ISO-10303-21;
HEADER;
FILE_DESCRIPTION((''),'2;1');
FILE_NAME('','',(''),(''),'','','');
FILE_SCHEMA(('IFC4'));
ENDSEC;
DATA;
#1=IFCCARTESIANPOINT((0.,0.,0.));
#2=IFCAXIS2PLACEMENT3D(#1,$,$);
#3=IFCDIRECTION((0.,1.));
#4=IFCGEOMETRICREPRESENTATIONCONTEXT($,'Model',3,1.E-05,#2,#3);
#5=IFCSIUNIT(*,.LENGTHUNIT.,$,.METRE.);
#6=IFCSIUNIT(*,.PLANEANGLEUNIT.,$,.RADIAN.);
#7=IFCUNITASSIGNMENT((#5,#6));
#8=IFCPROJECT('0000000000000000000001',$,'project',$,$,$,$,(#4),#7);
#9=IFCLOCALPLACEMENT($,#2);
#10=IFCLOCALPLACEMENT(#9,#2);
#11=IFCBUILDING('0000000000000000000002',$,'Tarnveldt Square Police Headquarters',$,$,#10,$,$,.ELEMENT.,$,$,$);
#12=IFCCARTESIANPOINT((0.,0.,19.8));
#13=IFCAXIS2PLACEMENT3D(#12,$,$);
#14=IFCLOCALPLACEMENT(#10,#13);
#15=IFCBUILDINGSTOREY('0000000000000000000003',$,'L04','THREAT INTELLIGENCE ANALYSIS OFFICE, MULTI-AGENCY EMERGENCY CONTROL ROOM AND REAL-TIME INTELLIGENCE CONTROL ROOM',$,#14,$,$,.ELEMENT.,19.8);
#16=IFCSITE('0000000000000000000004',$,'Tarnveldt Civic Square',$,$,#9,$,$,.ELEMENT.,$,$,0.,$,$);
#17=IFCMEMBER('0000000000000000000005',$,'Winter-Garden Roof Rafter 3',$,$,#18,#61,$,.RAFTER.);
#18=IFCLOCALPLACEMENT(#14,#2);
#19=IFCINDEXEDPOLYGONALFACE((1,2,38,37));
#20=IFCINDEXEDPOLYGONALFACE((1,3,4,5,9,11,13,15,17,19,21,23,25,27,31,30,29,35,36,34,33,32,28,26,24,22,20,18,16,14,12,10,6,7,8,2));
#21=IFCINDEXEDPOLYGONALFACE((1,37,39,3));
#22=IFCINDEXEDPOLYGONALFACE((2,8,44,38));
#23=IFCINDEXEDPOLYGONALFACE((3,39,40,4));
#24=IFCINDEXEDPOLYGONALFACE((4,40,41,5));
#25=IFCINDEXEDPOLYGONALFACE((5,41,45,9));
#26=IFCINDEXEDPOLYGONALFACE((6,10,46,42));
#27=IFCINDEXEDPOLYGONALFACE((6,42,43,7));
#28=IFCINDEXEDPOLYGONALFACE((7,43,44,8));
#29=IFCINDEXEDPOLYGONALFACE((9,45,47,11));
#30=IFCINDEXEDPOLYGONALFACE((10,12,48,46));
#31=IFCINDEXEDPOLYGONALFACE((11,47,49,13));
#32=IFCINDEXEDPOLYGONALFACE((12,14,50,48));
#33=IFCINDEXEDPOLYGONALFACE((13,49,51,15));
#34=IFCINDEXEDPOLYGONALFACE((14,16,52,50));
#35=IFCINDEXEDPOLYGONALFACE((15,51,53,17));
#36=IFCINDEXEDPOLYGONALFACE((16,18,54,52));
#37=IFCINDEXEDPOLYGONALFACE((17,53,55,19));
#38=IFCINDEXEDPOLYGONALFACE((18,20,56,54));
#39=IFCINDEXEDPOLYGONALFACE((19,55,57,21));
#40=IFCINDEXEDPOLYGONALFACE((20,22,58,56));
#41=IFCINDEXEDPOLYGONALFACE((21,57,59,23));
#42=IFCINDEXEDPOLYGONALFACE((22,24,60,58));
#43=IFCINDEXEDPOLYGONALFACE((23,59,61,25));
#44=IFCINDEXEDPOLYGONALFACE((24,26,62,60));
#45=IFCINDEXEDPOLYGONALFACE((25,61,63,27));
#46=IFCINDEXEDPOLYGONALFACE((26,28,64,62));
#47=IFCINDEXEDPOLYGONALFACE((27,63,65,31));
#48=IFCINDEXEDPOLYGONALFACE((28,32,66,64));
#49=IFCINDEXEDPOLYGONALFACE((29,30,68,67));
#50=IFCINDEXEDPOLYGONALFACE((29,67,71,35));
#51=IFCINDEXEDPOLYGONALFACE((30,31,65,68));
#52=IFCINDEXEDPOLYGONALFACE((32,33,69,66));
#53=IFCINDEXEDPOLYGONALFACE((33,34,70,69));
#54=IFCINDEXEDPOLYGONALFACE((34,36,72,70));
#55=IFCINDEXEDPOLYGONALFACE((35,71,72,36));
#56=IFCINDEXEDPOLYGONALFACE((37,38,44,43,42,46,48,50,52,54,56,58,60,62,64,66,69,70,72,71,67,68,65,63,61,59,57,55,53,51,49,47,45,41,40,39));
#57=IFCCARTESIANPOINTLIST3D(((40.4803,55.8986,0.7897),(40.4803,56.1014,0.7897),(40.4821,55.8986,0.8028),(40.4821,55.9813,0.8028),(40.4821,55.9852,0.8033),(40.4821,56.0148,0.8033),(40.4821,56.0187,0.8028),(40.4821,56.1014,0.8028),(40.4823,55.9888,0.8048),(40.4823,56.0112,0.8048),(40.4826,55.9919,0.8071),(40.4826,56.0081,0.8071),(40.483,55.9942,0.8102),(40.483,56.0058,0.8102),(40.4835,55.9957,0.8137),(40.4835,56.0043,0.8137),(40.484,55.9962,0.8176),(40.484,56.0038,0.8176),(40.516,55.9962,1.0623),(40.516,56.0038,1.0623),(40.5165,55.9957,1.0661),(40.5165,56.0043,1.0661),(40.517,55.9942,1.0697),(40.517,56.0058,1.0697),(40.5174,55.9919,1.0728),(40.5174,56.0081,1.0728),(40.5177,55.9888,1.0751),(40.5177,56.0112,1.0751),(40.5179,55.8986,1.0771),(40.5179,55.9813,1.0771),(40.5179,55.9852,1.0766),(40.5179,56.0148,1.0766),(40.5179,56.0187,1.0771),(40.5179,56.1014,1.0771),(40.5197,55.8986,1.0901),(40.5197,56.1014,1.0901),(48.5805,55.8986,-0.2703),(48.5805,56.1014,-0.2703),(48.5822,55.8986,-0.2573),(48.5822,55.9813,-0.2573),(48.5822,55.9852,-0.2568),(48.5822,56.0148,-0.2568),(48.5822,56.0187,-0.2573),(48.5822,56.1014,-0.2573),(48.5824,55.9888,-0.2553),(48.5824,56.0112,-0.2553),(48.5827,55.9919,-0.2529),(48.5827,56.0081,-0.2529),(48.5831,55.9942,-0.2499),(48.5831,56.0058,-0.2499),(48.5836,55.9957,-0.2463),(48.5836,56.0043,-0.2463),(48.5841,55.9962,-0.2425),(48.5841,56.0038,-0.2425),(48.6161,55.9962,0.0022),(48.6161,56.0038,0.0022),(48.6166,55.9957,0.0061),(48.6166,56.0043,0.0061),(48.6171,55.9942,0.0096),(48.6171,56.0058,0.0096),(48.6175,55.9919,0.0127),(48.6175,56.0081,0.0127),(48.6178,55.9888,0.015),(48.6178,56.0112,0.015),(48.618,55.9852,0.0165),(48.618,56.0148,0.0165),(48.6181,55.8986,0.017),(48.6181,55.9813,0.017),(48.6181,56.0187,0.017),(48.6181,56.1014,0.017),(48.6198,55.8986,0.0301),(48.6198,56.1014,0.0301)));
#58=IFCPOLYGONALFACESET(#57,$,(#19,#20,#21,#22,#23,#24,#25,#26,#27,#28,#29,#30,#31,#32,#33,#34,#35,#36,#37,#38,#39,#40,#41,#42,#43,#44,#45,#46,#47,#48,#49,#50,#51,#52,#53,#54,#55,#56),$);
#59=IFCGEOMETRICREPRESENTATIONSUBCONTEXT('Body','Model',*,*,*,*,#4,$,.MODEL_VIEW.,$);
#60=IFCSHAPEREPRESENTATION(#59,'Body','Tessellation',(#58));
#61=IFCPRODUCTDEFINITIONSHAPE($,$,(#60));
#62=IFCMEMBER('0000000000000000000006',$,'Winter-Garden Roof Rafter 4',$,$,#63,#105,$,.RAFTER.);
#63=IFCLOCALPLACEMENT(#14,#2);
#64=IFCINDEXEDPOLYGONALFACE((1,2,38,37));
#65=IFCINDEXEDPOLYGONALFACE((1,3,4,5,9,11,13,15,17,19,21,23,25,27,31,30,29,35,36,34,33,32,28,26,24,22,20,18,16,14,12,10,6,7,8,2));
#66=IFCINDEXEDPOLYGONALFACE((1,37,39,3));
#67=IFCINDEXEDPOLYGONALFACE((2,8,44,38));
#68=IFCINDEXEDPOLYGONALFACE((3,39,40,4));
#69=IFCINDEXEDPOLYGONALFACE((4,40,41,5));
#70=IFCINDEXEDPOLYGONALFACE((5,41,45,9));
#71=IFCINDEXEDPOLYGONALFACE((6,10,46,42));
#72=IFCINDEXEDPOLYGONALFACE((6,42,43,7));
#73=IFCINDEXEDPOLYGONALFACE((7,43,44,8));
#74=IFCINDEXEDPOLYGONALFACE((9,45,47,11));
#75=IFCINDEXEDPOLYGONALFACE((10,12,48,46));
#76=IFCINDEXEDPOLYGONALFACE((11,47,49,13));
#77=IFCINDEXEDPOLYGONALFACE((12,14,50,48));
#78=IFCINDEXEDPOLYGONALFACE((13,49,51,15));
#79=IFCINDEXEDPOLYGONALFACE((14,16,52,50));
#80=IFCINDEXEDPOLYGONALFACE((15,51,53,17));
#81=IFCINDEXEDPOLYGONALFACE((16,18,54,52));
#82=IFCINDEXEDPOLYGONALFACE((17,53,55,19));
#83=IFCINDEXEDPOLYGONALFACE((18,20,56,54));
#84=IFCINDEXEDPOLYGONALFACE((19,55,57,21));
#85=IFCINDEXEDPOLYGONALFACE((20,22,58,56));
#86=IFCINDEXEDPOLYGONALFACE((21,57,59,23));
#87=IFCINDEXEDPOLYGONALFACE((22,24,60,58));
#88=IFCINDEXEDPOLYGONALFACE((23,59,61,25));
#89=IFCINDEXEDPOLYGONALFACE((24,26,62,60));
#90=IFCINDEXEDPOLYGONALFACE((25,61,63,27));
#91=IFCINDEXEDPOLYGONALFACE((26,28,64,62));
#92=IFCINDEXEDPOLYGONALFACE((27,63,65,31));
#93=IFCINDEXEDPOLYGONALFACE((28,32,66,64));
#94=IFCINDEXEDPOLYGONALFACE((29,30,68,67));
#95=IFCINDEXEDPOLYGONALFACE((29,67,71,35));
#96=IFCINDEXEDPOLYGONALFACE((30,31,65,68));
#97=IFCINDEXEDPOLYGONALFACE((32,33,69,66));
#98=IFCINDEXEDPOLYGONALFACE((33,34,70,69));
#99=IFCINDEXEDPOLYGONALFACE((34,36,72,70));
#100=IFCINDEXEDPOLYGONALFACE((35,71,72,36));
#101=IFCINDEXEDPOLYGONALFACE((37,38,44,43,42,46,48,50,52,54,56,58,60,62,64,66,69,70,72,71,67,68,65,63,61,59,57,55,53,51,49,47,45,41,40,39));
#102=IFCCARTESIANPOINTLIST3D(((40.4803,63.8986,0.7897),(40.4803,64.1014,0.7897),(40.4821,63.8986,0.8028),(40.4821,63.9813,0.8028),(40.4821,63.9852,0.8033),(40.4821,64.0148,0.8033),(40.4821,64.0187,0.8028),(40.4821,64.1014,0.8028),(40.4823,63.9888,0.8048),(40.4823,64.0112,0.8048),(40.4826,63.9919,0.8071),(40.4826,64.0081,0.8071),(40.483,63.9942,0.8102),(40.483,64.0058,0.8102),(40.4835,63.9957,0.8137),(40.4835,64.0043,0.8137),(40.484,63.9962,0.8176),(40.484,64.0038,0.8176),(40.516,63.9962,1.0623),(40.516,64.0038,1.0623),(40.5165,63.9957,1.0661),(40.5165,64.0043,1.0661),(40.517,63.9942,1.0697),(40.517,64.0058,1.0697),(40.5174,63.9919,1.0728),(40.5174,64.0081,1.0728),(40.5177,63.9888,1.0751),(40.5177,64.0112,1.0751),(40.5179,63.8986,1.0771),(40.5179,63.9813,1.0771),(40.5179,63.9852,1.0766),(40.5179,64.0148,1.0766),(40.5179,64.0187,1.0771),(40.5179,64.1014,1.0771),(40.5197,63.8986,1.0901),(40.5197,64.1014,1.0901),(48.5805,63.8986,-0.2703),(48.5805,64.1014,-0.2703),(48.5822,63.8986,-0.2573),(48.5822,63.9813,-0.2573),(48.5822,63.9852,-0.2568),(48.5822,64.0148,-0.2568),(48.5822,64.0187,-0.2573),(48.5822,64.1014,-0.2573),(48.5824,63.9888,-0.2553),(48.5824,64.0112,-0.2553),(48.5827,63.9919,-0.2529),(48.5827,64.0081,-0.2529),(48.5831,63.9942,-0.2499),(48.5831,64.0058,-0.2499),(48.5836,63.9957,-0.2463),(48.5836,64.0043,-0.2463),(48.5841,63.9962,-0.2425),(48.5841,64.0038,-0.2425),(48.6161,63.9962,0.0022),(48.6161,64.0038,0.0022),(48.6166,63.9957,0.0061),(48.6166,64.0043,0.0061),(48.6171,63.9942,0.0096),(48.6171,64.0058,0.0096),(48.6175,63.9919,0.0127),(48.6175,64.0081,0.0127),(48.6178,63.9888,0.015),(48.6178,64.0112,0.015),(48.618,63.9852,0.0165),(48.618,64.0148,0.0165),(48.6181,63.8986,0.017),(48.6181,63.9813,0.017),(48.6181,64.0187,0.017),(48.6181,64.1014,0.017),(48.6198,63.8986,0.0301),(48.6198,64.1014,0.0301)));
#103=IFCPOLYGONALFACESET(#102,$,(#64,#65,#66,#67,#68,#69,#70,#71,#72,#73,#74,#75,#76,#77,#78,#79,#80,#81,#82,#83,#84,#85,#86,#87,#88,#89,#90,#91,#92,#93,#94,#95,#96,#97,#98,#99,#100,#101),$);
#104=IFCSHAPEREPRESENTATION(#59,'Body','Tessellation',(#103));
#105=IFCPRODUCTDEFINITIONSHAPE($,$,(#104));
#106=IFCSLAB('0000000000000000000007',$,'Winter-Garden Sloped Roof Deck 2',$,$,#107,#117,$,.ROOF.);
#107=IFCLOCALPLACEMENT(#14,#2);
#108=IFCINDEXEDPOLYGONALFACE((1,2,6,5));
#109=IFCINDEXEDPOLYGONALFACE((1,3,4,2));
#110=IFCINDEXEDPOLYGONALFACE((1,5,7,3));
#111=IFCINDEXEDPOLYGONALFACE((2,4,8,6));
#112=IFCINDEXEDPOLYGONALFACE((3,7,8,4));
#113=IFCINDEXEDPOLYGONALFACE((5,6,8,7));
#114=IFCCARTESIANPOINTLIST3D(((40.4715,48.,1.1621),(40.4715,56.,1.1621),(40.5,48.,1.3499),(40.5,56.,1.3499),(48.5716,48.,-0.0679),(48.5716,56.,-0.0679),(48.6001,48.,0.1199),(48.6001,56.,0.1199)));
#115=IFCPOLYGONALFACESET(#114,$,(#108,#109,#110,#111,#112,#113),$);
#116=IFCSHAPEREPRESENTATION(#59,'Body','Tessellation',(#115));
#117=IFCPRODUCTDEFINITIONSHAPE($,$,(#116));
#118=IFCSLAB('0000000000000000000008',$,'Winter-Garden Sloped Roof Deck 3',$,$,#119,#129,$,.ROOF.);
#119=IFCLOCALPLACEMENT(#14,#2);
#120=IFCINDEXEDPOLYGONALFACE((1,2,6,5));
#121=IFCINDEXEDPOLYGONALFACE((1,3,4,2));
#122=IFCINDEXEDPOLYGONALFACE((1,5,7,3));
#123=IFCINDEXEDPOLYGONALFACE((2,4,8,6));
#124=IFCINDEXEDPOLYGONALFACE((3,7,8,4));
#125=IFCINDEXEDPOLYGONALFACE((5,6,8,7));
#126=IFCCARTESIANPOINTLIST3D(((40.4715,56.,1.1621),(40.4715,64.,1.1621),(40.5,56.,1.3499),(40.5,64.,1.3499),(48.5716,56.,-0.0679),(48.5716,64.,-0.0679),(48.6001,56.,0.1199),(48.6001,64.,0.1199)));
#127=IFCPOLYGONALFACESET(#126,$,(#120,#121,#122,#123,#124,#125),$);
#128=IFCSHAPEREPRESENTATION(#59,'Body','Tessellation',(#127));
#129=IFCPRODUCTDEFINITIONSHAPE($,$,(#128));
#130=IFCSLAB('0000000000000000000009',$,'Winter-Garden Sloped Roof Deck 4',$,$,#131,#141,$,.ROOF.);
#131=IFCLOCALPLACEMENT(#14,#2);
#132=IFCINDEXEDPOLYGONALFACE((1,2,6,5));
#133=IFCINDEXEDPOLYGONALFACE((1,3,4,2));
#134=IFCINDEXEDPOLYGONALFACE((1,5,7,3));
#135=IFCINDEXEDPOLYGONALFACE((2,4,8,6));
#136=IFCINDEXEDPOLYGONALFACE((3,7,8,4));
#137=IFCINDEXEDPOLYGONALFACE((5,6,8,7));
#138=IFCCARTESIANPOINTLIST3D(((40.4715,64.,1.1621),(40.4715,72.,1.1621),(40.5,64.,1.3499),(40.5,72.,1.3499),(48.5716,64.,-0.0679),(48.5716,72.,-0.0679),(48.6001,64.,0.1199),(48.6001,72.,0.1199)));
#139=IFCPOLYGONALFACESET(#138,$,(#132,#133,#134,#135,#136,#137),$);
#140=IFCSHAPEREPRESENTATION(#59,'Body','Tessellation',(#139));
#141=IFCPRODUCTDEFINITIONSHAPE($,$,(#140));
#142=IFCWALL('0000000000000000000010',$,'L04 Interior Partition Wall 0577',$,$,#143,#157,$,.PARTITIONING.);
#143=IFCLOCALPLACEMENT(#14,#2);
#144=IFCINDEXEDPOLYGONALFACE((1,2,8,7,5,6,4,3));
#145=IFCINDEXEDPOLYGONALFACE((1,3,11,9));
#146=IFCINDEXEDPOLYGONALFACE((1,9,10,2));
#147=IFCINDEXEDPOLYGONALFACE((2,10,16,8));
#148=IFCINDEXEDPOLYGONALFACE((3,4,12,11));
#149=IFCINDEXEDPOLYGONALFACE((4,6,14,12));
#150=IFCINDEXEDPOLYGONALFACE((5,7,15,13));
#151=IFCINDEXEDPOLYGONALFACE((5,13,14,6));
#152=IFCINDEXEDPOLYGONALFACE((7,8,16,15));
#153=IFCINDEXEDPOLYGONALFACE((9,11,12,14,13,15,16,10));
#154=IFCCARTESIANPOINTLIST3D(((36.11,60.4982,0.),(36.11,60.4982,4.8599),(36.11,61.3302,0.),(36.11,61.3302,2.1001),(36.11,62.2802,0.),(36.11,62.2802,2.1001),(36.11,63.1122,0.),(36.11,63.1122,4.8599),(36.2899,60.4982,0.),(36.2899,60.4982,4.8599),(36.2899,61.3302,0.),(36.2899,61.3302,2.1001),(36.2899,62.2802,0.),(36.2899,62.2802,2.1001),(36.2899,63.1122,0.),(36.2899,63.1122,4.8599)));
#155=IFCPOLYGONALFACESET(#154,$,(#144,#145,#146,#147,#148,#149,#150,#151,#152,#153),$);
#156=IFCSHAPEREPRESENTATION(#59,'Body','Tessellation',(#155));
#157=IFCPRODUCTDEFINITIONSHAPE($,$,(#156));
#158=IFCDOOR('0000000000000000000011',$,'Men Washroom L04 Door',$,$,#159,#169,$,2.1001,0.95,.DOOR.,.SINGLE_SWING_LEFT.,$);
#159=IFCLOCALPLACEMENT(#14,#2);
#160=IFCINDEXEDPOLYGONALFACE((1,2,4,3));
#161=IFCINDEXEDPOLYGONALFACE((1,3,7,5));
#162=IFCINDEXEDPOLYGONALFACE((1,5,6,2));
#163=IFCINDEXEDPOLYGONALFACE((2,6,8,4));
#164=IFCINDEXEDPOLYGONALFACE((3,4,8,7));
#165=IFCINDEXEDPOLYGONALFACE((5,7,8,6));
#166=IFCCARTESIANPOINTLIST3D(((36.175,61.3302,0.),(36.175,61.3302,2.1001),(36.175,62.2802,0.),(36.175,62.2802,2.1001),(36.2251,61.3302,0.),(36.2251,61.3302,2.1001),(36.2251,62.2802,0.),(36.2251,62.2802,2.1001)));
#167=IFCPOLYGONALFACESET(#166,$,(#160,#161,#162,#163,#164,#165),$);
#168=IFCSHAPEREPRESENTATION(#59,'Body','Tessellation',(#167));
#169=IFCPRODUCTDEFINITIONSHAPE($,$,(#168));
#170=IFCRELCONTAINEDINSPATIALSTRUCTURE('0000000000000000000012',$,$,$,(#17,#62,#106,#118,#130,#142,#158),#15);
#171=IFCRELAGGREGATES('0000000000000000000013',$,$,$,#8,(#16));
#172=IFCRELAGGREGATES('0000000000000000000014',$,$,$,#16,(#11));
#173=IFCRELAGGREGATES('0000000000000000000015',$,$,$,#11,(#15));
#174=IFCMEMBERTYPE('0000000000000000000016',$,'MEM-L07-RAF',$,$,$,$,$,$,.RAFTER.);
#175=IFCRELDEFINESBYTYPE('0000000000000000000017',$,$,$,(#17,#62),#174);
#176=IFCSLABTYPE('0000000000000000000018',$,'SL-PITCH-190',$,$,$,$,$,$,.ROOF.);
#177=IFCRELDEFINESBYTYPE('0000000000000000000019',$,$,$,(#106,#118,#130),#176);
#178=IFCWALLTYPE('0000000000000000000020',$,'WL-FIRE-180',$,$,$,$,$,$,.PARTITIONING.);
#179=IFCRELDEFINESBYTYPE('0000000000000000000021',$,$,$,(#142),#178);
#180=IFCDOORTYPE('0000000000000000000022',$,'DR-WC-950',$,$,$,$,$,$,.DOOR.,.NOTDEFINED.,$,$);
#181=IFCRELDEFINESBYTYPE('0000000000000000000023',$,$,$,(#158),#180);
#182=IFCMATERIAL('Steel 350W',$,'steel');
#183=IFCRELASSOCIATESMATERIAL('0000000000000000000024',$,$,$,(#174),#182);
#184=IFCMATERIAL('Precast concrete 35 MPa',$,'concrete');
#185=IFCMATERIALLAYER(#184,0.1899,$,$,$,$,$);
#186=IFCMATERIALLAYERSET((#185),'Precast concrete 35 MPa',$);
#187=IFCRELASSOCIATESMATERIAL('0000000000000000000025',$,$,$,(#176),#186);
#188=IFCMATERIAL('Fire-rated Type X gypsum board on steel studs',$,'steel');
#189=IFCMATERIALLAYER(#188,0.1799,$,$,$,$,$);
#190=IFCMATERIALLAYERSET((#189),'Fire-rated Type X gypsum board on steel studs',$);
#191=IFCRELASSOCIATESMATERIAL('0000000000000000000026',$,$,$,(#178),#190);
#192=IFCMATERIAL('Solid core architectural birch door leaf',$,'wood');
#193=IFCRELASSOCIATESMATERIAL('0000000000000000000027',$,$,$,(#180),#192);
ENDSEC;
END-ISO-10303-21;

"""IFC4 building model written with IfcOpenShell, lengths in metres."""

from ifc_helpers import new_model, si_unit, direction, frame, frame_2d, origin, origin_2d, place, context, subcontext, project, spatial, polyline, rectangle, i_section, outline, extrude, material, layer, layer_set, material_profile, profile_set, type_object, element, fill, save


model = new_model("IFC4")

# Units and contexts
model_context = context("Model", 3, precision=1e-05, world=origin(), true_north=direction((0.0, 1.0)))
body_context = subcontext(model_context, "Body", "Model", "MODEL_VIEW")
ifc_project = project(units=[si_unit("LENGTHUNIT", "METRE"), si_unit("PLANEANGLEUNIT", "RADIAN")], contexts=[model_context])

# Site, building, storey
site_placement = place(None, origin())
site = spatial("IfcSite", under=ifc_project, at=site_placement, Name="Tarnveldt Civic Square", CompositionType="ELEMENT", RefElevation=0.0)
building_placement = place(site_placement, origin())
building = spatial("IfcBuilding", under=site, at=building_placement, Name="Tarnveldt Square Police Headquarters", CompositionType="ELEMENT")
storey_placement = place(building_placement, frame((0.0, 0.0, 19.8)))
storey = spatial("IfcBuildingStorey", under=building, at=storey_placement, Name="L04", Description="THREAT INTELLIGENCE ANALYSIS OFFICE, MULTI-AGENCY EMERGENCY CONTROL ROOM AND REAL-TIME INTELLIGENCE CONTROL ROOM", CompositionType="ELEMENT", Elevation=19.8)

# Shared definitions
ifc_material_1 = material(Name="Steel 350W", Category="steel")

# Members
ifc_material_profile_1 = material_profile(ifc_material_1, i_section(OverallWidth=0.2029, OverallDepth=0.303, WebThickness=0.0076, FlangeThickness=0.0132, FilletRadius=0.0149, at=origin_2d()), Name="W310x60")
ifc_profile_set_1 = profile_set([ifc_material_profile_1], Name="Steel 350W")
member_type = type_object("IfcMemberType", Name="MEM-L07-RAF", PredefinedType="RAFTER", material=ifc_profile_set_1)
for number, where, z_axis, x_axis, name in (
    (1, (40.5, 56.0, 0.9399), (0.991545, 0.0, -0.129763), (0.0, 1.0, 0.0), "Winter-Garden Roof Rafter 3"),
    (2, (40.5, 64.0, 0.9399), (0.991545, 0.0, -0.129763), (0.0, 1.0, 0.0), "Winter-Garden Roof Rafter 4"),
):
    element("IfcMember", number, at=place(storey_placement, frame(where, z_axis=z_axis, x_axis=x_axis)), inside=storey, type_object=member_type, Name=name, PredefinedType="RAFTER", context=body_context, shape_type="SweptSolid", body=[
        extrude(i_section(OverallWidth=0.2029, OverallDepth=0.303, WebThickness=0.0076, FlangeThickness=0.0132, FilletRadius=0.0149, at=origin_2d()), origin(), (0.0, 0.0, 1.0), 8.1692),
    ])

# Slabs
ifc_material_2 = material(Name="Precast concrete 35 MPa", Category="concrete")
ifc_layer_1 = layer(ifc_material_2, 0.1899)
ifc_layer_set_1 = layer_set([ifc_layer_1], Name="Precast concrete 35 MPa")
slab_type = type_object("IfcSlabType", Name="SL-PITCH-190", PredefinedType="ROOF", material=ifc_layer_set_1)
for number, where, z_axis, x_axis, name in (
    (3, (40.5, 48.0, 1.3499), (0.150127, 0.0, 0.988667), (0.988667, 0.0, -0.150127), "Winter-Garden Sloped Roof Deck 2"),
    (4, (40.5, 56.0, 1.3499), (0.150127, 0.0, 0.988667), (0.988667, 0.0, -0.150127), "Winter-Garden Sloped Roof Deck 3"),
    (5, (40.5, 64.0, 1.3499), (0.150127, 0.0, 0.988667), (0.988667, 0.0, -0.150127), "Winter-Garden Sloped Roof Deck 4"),
):
    element("IfcSlab", number, at=place(storey_placement, frame(where, z_axis=z_axis, x_axis=x_axis)), inside=storey, type_object=slab_type, Name=name, PredefinedType="ROOF", context=body_context, shape_type="SweptSolid", body=[
        extrude(outline(polyline([(0.0, 0.0), (8.193, 0.0), (8.193, 8.0), (0.0, 8.0), (0.0, 0.0)])), origin(), (0.0, 0.0, -1.0), 0.1899),
    ])

# Wall, opening, door
ifc_material_3 = material(Name="Fire-rated Type X gypsum board on steel studs", Category="steel")
ifc_layer_2 = layer(ifc_material_3, 0.1799)
ifc_layer_set_2 = layer_set([ifc_layer_2], Name="Fire-rated Type X gypsum board on steel studs")
wall_type = type_object("IfcWallType", Name="WL-FIRE-180", PredefinedType="PARTITIONING", material=ifc_layer_set_2)
wall_1_placement = place(storey_placement, frame((36.2, 60.498, 0.0), z_axis=(0.0, 0.0, 1.0), x_axis=(0.0, 1.0, 0.0)))
wall_1 = element("IfcWall", 6, at=wall_1_placement, inside=storey, type_object=wall_type, Name="L04 Interior Partition Wall 0577", PredefinedType="PARTITIONING", context=body_context, shape_type="SweptSolid", body=[
    extrude(rectangle(XDim=2.614, YDim=0.1799, at=frame_2d((1.3071, 0.0))), origin(), (0.0, 0.0, 1.0), 4.8599),
])
opening_1_placement = place(wall_1_placement, frame((0.832, 0.0, 0.0)))
opening_1 = element("IfcOpeningElement", 7, at=opening_1_placement, cuts=wall_1, PredefinedType="OPENING", context=body_context, shape_type="SweptSolid", body=[
    extrude(rectangle(XDim=0.95, YDim=2.1001, at=frame_2d((0.4751, 1.05))), frame((0.0, 0.0999, 0.0), z_axis=(0.0, -1.0, 0.0), x_axis=(1.0, 0.0, 0.0)), (0.0, 0.0, 1.0), 0.2),
])
ifc_material_4 = material(Name="Solid core architectural birch door leaf", Category="wood")
door_type_1 = type_object("IfcDoorType", Name="DR-WC-950", OperationType="NOTDEFINED", PredefinedType="DOOR", material=ifc_material_4)
door_1_placement = place(opening_1_placement, origin())
door_1 = element("IfcDoor", 8, at=door_1_placement, inside=storey, type_object=door_type_1, Name="Men Washroom L04 Door", OperationType="SINGLE_SWING_LEFT", OverallHeight=2.1001, OverallWidth=0.95, PredefinedType="DOOR", context=body_context, shape_type="SweptSolid", body=[
    extrude(rectangle(XDim=0.95, YDim=2.1001, at=frame_2d((0.4751, 1.05))), frame((0.0, 0.0249, 0.0), z_axis=(0.0, -1.0, 0.0), x_axis=(1.0, 0.0, 0.0)), (0.0, 0.0, 1.0), 0.05),
])
fill(opening_1, door_1)

save(model, "model.ifc")
